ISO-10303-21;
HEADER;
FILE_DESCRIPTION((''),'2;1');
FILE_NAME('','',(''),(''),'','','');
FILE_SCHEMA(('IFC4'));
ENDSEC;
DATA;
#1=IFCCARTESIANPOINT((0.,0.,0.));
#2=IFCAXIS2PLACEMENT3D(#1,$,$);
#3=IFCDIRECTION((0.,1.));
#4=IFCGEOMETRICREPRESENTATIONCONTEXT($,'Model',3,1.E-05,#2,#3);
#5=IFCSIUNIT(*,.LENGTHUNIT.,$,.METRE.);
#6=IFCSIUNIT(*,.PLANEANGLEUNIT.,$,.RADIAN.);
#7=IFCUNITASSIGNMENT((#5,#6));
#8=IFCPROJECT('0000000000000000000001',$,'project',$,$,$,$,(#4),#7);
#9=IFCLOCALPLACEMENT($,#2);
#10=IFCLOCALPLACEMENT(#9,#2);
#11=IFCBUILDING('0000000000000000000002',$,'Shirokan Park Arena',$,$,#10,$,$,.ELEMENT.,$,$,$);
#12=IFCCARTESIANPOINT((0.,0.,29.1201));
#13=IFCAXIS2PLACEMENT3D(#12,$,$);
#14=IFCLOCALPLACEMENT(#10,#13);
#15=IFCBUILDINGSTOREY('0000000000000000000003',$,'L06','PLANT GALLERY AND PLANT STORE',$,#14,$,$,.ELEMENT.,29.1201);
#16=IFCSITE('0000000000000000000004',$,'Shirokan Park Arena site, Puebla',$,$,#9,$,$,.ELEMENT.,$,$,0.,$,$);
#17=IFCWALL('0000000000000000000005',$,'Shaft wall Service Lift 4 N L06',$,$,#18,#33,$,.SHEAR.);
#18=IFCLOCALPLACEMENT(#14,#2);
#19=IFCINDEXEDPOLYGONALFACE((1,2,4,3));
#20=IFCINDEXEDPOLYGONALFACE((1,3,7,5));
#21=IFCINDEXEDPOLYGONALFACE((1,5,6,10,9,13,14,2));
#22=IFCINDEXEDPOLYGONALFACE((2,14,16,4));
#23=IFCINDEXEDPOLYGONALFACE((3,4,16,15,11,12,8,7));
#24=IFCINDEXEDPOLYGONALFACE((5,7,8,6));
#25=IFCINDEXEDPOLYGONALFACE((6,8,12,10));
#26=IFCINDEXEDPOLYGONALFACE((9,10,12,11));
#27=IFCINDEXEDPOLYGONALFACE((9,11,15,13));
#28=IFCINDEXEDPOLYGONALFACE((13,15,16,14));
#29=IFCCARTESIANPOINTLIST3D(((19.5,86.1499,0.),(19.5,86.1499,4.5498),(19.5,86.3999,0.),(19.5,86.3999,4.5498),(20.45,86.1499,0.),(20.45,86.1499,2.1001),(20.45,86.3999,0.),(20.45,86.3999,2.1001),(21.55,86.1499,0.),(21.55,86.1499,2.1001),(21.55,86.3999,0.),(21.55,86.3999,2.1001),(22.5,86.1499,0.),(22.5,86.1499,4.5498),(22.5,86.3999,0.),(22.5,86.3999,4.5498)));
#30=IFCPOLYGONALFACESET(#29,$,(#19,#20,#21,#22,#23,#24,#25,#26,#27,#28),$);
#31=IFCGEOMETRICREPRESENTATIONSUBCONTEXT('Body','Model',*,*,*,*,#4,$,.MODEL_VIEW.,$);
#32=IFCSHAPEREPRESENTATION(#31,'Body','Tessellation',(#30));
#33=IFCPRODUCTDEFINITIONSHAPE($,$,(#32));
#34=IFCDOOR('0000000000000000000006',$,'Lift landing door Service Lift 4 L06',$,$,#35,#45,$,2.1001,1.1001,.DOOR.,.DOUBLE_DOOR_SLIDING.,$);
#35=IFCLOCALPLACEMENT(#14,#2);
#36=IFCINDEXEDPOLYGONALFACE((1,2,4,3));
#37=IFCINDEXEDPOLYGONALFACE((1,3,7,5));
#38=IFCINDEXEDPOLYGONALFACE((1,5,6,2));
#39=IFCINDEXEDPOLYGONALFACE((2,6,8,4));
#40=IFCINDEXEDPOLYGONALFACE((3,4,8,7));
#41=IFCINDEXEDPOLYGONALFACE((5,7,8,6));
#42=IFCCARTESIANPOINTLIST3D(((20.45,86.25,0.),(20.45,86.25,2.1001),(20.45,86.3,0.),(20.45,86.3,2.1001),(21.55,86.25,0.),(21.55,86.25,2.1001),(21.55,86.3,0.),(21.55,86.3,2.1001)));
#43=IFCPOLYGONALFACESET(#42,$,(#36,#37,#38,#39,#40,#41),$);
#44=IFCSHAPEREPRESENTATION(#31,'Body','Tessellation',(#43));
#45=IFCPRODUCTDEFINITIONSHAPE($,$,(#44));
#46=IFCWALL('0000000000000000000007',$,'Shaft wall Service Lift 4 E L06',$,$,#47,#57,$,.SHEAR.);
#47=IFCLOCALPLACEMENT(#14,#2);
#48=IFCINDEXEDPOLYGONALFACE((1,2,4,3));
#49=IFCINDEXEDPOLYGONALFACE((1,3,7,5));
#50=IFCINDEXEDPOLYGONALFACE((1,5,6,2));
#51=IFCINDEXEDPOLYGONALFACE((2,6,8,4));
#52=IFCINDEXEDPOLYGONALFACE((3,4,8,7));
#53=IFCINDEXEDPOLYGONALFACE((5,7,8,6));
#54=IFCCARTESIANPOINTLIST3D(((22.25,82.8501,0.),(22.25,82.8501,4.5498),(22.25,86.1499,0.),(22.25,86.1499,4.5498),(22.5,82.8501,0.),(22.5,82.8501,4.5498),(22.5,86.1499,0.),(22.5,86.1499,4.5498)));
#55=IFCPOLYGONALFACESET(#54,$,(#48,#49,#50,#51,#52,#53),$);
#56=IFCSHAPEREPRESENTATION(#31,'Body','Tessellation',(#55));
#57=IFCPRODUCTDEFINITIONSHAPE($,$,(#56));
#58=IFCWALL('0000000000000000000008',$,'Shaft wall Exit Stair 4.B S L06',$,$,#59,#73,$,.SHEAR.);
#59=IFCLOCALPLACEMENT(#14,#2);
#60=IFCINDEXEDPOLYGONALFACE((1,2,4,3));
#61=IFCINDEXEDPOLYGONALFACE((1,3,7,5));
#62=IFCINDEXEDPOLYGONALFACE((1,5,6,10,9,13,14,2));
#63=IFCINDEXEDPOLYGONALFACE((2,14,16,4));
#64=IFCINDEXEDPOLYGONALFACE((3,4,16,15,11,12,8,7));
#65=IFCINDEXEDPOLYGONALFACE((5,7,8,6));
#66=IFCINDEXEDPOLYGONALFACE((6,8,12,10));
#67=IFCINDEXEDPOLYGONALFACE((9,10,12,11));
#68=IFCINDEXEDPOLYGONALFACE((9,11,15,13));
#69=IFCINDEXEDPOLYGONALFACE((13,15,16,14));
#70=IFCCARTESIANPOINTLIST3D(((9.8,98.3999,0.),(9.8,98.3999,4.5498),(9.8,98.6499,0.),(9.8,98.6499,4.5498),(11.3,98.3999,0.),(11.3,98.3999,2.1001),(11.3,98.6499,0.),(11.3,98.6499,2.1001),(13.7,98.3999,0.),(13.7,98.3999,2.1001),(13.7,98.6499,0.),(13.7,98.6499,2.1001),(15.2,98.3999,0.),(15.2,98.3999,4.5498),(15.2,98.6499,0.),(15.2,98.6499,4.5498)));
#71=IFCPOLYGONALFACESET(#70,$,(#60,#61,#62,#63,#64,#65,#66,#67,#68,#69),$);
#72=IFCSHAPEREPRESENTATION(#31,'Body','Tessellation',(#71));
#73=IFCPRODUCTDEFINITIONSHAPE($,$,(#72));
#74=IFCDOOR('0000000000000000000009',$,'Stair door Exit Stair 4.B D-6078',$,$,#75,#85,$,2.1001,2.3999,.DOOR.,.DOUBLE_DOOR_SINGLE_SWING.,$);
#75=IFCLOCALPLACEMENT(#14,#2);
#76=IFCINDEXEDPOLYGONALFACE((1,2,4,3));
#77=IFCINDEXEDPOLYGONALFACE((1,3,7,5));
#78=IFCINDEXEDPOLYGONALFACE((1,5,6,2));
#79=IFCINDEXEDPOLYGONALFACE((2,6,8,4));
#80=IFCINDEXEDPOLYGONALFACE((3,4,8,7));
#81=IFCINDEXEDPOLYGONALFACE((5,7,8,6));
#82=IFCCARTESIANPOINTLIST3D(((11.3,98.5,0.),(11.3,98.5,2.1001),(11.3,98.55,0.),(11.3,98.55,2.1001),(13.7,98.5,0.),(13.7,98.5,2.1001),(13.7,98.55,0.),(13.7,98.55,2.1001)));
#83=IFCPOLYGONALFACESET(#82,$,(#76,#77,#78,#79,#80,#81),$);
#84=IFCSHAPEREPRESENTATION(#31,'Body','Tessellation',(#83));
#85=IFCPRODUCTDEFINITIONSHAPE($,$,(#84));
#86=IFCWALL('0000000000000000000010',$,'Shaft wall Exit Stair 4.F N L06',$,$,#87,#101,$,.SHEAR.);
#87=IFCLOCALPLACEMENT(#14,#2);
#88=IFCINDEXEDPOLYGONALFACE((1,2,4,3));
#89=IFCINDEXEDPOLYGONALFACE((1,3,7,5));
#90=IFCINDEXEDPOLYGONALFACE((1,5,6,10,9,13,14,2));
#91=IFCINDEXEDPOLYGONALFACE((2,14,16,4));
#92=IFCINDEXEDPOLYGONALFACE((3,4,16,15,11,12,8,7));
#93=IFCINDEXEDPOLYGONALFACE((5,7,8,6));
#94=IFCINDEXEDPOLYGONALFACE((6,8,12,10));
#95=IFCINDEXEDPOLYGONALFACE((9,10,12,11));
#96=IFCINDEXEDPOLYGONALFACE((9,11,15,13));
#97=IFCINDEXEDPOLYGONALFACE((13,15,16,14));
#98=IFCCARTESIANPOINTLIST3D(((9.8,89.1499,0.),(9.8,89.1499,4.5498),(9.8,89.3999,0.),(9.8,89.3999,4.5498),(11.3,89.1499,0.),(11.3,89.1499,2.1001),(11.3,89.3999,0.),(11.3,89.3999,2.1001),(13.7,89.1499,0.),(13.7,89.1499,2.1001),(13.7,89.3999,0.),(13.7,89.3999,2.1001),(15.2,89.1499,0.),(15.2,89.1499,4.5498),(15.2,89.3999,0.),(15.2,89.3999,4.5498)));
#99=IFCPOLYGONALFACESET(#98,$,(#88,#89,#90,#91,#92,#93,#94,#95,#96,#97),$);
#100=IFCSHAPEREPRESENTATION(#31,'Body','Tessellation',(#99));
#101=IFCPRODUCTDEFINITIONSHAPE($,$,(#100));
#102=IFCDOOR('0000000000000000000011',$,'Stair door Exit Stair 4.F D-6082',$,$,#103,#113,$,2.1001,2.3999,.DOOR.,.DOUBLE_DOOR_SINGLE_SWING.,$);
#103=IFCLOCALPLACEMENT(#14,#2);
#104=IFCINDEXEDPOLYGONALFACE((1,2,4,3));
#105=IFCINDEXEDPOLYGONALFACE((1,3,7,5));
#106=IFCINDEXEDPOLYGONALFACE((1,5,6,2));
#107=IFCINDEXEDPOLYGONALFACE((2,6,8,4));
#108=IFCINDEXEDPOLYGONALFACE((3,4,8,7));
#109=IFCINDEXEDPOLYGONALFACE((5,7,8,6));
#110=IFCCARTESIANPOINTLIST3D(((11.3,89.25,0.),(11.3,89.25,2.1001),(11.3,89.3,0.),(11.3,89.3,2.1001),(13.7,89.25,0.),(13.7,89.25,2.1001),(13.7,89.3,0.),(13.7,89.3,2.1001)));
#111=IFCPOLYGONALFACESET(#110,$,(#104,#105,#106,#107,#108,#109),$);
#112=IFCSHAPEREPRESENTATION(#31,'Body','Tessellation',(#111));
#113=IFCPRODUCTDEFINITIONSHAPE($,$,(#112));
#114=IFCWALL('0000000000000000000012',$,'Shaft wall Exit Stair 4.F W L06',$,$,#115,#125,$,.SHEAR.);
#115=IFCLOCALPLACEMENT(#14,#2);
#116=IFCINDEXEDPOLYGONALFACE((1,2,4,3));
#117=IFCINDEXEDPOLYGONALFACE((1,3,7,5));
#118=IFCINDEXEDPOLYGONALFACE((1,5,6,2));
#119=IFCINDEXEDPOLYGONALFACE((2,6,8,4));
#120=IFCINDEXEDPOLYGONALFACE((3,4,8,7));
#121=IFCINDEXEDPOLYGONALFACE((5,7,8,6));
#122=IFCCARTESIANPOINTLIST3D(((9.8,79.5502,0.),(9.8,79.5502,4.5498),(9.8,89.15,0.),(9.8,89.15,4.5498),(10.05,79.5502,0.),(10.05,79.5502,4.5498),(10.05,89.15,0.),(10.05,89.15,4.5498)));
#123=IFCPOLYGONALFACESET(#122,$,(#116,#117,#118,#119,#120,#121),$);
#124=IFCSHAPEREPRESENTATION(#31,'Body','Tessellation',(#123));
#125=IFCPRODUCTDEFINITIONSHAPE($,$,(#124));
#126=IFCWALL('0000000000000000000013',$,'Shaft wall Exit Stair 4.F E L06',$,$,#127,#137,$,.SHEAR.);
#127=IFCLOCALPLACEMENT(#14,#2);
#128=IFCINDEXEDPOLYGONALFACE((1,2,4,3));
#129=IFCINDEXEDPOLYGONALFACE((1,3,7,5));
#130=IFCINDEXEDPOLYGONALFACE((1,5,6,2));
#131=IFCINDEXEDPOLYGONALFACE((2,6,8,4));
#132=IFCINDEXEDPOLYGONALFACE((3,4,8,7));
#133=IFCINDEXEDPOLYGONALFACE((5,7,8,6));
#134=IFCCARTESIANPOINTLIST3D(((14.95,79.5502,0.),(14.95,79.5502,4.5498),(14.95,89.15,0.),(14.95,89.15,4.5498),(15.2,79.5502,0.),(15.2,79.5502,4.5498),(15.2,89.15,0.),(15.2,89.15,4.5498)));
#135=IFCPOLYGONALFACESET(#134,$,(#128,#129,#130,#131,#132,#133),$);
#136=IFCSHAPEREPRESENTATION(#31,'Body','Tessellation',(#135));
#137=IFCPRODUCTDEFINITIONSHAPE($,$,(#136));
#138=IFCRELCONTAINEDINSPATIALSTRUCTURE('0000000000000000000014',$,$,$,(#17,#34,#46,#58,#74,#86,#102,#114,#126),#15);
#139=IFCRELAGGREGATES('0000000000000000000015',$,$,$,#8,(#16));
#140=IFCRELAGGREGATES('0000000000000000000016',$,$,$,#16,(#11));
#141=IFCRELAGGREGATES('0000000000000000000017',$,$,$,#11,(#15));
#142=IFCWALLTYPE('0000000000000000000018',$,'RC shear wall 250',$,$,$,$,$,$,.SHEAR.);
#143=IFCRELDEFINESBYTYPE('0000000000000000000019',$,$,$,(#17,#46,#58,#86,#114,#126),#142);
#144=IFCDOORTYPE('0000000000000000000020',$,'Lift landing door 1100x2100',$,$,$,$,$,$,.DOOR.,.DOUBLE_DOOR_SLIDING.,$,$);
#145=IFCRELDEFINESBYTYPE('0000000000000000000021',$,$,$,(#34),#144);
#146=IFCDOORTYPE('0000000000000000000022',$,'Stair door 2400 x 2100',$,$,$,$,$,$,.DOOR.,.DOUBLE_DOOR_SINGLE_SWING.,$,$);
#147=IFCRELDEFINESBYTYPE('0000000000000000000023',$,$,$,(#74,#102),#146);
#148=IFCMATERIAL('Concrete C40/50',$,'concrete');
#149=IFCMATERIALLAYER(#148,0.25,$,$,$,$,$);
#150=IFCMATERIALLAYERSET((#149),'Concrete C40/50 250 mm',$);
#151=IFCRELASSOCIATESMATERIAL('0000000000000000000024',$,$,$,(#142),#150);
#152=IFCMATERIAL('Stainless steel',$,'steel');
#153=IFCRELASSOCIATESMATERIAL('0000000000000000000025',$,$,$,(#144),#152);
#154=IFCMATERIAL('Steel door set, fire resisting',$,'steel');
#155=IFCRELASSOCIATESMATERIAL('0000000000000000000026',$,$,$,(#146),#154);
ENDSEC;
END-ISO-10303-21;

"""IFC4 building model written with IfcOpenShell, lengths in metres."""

from ifc_helpers import new_model, si_unit, direction, frame, frame_2d, origin, place, context, subcontext, project, spatial, rectangle, extrude, material, layer, layer_set, type_object, element, fill, save


model = new_model("IFC4")

# Units and contexts
model_context = context("Model", 3, precision=1e-05, world=origin(), true_north=direction((0.0, 1.0)))
body_context = subcontext(model_context, "Body", "Model", "MODEL_VIEW")
ifc_project = project(units=[si_unit("LENGTHUNIT", "METRE"), si_unit("PLANEANGLEUNIT", "RADIAN")], contexts=[model_context])

# Site, building, storey
site_placement = place(None, origin())
site = spatial("IfcSite", under=ifc_project, at=site_placement, Name="Shirokan Park Arena site, Puebla", CompositionType="ELEMENT", RefElevation=0.0)
building_placement = place(site_placement, origin())
building = spatial("IfcBuilding", under=site, at=building_placement, Name="Shirokan Park Arena", CompositionType="ELEMENT")
storey_placement = place(building_placement, frame((0.0, 0.0, 29.1201)))
storey = spatial("IfcBuildingStorey", under=building, at=storey_placement, Name="L06", Description="PLANT GALLERY AND PLANT STORE", CompositionType="ELEMENT", Elevation=29.1201)

# Wall, opening, door
ifc_material_1 = material(Name="Concrete C40/50", Category="concrete")
ifc_layer_1 = layer(ifc_material_1, 0.25)
ifc_layer_set_1 = layer_set([ifc_layer_1], Name="Concrete C40/50 250 mm")
wall_type_1 = type_object("IfcWallType", Name="RC shear wall 250", PredefinedType="SHEAR", material=ifc_layer_set_1)
wall_1_placement = place(storey_placement, frame((22.5, 86.2749, 0.0), z_axis=(0.0, 0.0, 1.0), x_axis=(-1.0, 0.0, 0.0)))
wall_1 = element("IfcWall", 1, at=wall_1_placement, inside=storey, type_object=wall_type_1, Name="Shaft wall Service Lift 4 N L06", PredefinedType="SHEAR", context=body_context, shape_type="SweptSolid", body=[
    extrude(rectangle(XDim=3.0, YDim=0.25, at=frame_2d((1.5, 0.0))), origin(), (0.0, 0.0, 1.0), 4.5498),
])
opening_1_placement = place(wall_1_placement, frame((0.95, 0.0, 0.0)))
opening_1 = element("IfcOpeningElement", 2, at=opening_1_placement, cuts=wall_1, PredefinedType="OPENING", context=body_context, shape_type="SweptSolid", body=[
    extrude(rectangle(XDim=1.1001, YDim=2.1001, at=frame_2d((0.55, 1.05))), frame((0.0, 0.135, 0.0), z_axis=(0.0, -1.0, 0.0), x_axis=(1.0, 0.0, 0.0)), (0.0, 0.0, 1.0), 0.27),
])
ifc_material_2 = material(Name="Stainless steel", Category="steel")
door_type_1 = type_object("IfcDoorType", Name="Lift landing door 1100x2100", OperationType="DOUBLE_DOOR_SLIDING", PredefinedType="DOOR", material=ifc_material_2)
door_1_placement = place(opening_1_placement, origin())
door_1 = element("IfcDoor", 3, at=door_1_placement, inside=storey, type_object=door_type_1, Name="Lift landing door Service Lift 4 L06", OperationType="DOUBLE_DOOR_SLIDING", OverallHeight=2.1001, OverallWidth=1.1001, PredefinedType="DOOR", context=body_context, shape_type="SweptSolid", body=[
    extrude(rectangle(XDim=1.1001, YDim=2.1001, at=frame_2d((0.55, 1.05))), frame((0.0, 0.0249, 0.0), z_axis=(0.0, -1.0, 0.0), x_axis=(1.0, 0.0, 0.0)), (0.0, 0.0, 1.0), 0.05),
])
fill(opening_1, door_1)

# Wall
wall_2_placement = place(storey_placement, frame((22.375, 86.1499, 0.0), z_axis=(0.0, 0.0, 1.0), x_axis=(0.0, -1.0, 0.0)))
element("IfcWall", 4, at=wall_2_placement, inside=storey, type_object=wall_type_1, Name="Shaft wall Service Lift 4 E L06", PredefinedType="SHEAR", context=body_context, shape_type="SweptSolid", body=[
    extrude(rectangle(XDim=3.2998, YDim=0.25, at=frame_2d((1.6499, 0.0))), origin(), (0.0, 0.0, 1.0), 4.5498),
])

# Walls, openings, doors
wall_3_placement = place(storey_placement, frame((15.2, 98.5249, 0.0), z_axis=(0.0, 0.0, 1.0), x_axis=(-1.0, 0.0, 0.0)))
wall_3 = element("IfcWall", 5, at=wall_3_placement, inside=storey, type_object=wall_type_1, Name="Shaft wall Exit Stair 4.B S L06", PredefinedType="SHEAR", context=body_context, shape_type="SweptSolid", body=[
    extrude(rectangle(XDim=5.3999, YDim=0.25, at=frame_2d((2.7, 0.0))), origin(), (0.0, 0.0, 1.0), 4.5498),
])
opening_2_placement = place(wall_3_placement, frame((1.5, 0.0, 0.0)))
opening_2 = element("IfcOpeningElement", 6, at=opening_2_placement, cuts=wall_3, PredefinedType="OPENING", context=body_context, shape_type="SweptSolid", body=[
    extrude(rectangle(XDim=2.3999, YDim=2.1001, at=frame_2d((1.2, 1.05))), frame((0.0, 0.135, 0.0), z_axis=(0.0, -1.0, 0.0), x_axis=(1.0, 0.0, 0.0)), (0.0, 0.0, 1.0), 0.27),
])
ifc_material_3 = material(Name="Steel door set, fire resisting", Category="steel")
door_type_2 = type_object("IfcDoorType", Name="Stair door 2400 x 2100", OperationType="DOUBLE_DOOR_SINGLE_SWING", PredefinedType="DOOR", material=ifc_material_3)
door_2_placement = place(opening_2_placement, origin())
door_2 = element("IfcDoor", 7, at=door_2_placement, inside=storey, type_object=door_type_2, Name="Stair door Exit Stair 4.B D-6078", OperationType="DOUBLE_DOOR_SINGLE_SWING", OverallHeight=2.1001, OverallWidth=2.3999, PredefinedType="DOOR", context=body_context, shape_type="SweptSolid", body=[
    extrude(rectangle(XDim=2.3999, YDim=2.1001, at=frame_2d((1.2, 1.05))), frame((0.0, 0.0249, 0.0), z_axis=(0.0, -1.0, 0.0), x_axis=(1.0, 0.0, 0.0)), (0.0, 0.0, 1.0), 0.05),
])
fill(opening_2, door_2)
wall_4_placement = place(storey_placement, frame((15.2, 89.2749, 0.0), z_axis=(0.0, 0.0, 1.0), x_axis=(-1.0, 0.0, 0.0)))
wall_4 = element("IfcWall", 8, at=wall_4_placement, inside=storey, type_object=wall_type_1, Name="Shaft wall Exit Stair 4.F N L06", PredefinedType="SHEAR", context=body_context, shape_type="SweptSolid", body=[
    extrude(rectangle(XDim=5.3999, YDim=0.25, at=frame_2d((2.7, 0.0))), origin(), (0.0, 0.0, 1.0), 4.5498),
])
opening_3_placement = place(wall_4_placement, frame((1.5, 0.0, 0.0)))
opening_3 = element("IfcOpeningElement", 9, at=opening_3_placement, cuts=wall_4, PredefinedType="OPENING", context=body_context, shape_type="SweptSolid", body=[
    extrude(rectangle(XDim=2.3999, YDim=2.1001, at=frame_2d((1.2, 1.05))), frame((0.0, 0.135, 0.0), z_axis=(0.0, -1.0, 0.0), x_axis=(1.0, 0.0, 0.0)), (0.0, 0.0, 1.0), 0.27),
])
door_3_placement = place(opening_3_placement, origin())
door_3 = element("IfcDoor", 10, at=door_3_placement, inside=storey, type_object=door_type_2, Name="Stair door Exit Stair 4.F D-6082", OperationType="DOUBLE_DOOR_SINGLE_SWING", OverallHeight=2.1001, OverallWidth=2.3999, PredefinedType="DOOR", context=body_context, shape_type="SweptSolid", body=[
    extrude(rectangle(XDim=2.3999, YDim=2.1001, at=frame_2d((1.2, 1.05))), frame((0.0, 0.0249, 0.0), z_axis=(0.0, -1.0, 0.0), x_axis=(1.0, 0.0, 0.0)), (0.0, 0.0, 1.0), 0.05),
])
fill(opening_3, door_3)

# Walls
for number, where, z_axis, x_axis, name in (
    (11, (9.925, 89.1499, 0.0), (0.0, 0.0, 1.0), (0.0, -1.0, 0.0), "Shaft wall Exit Stair 4.F W L06"),
    (12, (15.075, 89.1499, 0.0), (0.0, 0.0, 1.0), (0.0, -1.0, 0.0), "Shaft wall Exit Stair 4.F E L06"),
):
    element("IfcWall", number, at=place(storey_placement, frame(where, z_axis=z_axis, x_axis=x_axis)), inside=storey, type_object=wall_type_1, Name=name, PredefinedType="SHEAR", context=body_context, shape_type="SweptSolid", body=[
        extrude(rectangle(XDim=9.5999, YDim=0.25, at=frame_2d((4.7998, 0.0))), origin(), (0.0, 0.0, 1.0), 4.5498),
    ])

save(model, "model.ifc")
